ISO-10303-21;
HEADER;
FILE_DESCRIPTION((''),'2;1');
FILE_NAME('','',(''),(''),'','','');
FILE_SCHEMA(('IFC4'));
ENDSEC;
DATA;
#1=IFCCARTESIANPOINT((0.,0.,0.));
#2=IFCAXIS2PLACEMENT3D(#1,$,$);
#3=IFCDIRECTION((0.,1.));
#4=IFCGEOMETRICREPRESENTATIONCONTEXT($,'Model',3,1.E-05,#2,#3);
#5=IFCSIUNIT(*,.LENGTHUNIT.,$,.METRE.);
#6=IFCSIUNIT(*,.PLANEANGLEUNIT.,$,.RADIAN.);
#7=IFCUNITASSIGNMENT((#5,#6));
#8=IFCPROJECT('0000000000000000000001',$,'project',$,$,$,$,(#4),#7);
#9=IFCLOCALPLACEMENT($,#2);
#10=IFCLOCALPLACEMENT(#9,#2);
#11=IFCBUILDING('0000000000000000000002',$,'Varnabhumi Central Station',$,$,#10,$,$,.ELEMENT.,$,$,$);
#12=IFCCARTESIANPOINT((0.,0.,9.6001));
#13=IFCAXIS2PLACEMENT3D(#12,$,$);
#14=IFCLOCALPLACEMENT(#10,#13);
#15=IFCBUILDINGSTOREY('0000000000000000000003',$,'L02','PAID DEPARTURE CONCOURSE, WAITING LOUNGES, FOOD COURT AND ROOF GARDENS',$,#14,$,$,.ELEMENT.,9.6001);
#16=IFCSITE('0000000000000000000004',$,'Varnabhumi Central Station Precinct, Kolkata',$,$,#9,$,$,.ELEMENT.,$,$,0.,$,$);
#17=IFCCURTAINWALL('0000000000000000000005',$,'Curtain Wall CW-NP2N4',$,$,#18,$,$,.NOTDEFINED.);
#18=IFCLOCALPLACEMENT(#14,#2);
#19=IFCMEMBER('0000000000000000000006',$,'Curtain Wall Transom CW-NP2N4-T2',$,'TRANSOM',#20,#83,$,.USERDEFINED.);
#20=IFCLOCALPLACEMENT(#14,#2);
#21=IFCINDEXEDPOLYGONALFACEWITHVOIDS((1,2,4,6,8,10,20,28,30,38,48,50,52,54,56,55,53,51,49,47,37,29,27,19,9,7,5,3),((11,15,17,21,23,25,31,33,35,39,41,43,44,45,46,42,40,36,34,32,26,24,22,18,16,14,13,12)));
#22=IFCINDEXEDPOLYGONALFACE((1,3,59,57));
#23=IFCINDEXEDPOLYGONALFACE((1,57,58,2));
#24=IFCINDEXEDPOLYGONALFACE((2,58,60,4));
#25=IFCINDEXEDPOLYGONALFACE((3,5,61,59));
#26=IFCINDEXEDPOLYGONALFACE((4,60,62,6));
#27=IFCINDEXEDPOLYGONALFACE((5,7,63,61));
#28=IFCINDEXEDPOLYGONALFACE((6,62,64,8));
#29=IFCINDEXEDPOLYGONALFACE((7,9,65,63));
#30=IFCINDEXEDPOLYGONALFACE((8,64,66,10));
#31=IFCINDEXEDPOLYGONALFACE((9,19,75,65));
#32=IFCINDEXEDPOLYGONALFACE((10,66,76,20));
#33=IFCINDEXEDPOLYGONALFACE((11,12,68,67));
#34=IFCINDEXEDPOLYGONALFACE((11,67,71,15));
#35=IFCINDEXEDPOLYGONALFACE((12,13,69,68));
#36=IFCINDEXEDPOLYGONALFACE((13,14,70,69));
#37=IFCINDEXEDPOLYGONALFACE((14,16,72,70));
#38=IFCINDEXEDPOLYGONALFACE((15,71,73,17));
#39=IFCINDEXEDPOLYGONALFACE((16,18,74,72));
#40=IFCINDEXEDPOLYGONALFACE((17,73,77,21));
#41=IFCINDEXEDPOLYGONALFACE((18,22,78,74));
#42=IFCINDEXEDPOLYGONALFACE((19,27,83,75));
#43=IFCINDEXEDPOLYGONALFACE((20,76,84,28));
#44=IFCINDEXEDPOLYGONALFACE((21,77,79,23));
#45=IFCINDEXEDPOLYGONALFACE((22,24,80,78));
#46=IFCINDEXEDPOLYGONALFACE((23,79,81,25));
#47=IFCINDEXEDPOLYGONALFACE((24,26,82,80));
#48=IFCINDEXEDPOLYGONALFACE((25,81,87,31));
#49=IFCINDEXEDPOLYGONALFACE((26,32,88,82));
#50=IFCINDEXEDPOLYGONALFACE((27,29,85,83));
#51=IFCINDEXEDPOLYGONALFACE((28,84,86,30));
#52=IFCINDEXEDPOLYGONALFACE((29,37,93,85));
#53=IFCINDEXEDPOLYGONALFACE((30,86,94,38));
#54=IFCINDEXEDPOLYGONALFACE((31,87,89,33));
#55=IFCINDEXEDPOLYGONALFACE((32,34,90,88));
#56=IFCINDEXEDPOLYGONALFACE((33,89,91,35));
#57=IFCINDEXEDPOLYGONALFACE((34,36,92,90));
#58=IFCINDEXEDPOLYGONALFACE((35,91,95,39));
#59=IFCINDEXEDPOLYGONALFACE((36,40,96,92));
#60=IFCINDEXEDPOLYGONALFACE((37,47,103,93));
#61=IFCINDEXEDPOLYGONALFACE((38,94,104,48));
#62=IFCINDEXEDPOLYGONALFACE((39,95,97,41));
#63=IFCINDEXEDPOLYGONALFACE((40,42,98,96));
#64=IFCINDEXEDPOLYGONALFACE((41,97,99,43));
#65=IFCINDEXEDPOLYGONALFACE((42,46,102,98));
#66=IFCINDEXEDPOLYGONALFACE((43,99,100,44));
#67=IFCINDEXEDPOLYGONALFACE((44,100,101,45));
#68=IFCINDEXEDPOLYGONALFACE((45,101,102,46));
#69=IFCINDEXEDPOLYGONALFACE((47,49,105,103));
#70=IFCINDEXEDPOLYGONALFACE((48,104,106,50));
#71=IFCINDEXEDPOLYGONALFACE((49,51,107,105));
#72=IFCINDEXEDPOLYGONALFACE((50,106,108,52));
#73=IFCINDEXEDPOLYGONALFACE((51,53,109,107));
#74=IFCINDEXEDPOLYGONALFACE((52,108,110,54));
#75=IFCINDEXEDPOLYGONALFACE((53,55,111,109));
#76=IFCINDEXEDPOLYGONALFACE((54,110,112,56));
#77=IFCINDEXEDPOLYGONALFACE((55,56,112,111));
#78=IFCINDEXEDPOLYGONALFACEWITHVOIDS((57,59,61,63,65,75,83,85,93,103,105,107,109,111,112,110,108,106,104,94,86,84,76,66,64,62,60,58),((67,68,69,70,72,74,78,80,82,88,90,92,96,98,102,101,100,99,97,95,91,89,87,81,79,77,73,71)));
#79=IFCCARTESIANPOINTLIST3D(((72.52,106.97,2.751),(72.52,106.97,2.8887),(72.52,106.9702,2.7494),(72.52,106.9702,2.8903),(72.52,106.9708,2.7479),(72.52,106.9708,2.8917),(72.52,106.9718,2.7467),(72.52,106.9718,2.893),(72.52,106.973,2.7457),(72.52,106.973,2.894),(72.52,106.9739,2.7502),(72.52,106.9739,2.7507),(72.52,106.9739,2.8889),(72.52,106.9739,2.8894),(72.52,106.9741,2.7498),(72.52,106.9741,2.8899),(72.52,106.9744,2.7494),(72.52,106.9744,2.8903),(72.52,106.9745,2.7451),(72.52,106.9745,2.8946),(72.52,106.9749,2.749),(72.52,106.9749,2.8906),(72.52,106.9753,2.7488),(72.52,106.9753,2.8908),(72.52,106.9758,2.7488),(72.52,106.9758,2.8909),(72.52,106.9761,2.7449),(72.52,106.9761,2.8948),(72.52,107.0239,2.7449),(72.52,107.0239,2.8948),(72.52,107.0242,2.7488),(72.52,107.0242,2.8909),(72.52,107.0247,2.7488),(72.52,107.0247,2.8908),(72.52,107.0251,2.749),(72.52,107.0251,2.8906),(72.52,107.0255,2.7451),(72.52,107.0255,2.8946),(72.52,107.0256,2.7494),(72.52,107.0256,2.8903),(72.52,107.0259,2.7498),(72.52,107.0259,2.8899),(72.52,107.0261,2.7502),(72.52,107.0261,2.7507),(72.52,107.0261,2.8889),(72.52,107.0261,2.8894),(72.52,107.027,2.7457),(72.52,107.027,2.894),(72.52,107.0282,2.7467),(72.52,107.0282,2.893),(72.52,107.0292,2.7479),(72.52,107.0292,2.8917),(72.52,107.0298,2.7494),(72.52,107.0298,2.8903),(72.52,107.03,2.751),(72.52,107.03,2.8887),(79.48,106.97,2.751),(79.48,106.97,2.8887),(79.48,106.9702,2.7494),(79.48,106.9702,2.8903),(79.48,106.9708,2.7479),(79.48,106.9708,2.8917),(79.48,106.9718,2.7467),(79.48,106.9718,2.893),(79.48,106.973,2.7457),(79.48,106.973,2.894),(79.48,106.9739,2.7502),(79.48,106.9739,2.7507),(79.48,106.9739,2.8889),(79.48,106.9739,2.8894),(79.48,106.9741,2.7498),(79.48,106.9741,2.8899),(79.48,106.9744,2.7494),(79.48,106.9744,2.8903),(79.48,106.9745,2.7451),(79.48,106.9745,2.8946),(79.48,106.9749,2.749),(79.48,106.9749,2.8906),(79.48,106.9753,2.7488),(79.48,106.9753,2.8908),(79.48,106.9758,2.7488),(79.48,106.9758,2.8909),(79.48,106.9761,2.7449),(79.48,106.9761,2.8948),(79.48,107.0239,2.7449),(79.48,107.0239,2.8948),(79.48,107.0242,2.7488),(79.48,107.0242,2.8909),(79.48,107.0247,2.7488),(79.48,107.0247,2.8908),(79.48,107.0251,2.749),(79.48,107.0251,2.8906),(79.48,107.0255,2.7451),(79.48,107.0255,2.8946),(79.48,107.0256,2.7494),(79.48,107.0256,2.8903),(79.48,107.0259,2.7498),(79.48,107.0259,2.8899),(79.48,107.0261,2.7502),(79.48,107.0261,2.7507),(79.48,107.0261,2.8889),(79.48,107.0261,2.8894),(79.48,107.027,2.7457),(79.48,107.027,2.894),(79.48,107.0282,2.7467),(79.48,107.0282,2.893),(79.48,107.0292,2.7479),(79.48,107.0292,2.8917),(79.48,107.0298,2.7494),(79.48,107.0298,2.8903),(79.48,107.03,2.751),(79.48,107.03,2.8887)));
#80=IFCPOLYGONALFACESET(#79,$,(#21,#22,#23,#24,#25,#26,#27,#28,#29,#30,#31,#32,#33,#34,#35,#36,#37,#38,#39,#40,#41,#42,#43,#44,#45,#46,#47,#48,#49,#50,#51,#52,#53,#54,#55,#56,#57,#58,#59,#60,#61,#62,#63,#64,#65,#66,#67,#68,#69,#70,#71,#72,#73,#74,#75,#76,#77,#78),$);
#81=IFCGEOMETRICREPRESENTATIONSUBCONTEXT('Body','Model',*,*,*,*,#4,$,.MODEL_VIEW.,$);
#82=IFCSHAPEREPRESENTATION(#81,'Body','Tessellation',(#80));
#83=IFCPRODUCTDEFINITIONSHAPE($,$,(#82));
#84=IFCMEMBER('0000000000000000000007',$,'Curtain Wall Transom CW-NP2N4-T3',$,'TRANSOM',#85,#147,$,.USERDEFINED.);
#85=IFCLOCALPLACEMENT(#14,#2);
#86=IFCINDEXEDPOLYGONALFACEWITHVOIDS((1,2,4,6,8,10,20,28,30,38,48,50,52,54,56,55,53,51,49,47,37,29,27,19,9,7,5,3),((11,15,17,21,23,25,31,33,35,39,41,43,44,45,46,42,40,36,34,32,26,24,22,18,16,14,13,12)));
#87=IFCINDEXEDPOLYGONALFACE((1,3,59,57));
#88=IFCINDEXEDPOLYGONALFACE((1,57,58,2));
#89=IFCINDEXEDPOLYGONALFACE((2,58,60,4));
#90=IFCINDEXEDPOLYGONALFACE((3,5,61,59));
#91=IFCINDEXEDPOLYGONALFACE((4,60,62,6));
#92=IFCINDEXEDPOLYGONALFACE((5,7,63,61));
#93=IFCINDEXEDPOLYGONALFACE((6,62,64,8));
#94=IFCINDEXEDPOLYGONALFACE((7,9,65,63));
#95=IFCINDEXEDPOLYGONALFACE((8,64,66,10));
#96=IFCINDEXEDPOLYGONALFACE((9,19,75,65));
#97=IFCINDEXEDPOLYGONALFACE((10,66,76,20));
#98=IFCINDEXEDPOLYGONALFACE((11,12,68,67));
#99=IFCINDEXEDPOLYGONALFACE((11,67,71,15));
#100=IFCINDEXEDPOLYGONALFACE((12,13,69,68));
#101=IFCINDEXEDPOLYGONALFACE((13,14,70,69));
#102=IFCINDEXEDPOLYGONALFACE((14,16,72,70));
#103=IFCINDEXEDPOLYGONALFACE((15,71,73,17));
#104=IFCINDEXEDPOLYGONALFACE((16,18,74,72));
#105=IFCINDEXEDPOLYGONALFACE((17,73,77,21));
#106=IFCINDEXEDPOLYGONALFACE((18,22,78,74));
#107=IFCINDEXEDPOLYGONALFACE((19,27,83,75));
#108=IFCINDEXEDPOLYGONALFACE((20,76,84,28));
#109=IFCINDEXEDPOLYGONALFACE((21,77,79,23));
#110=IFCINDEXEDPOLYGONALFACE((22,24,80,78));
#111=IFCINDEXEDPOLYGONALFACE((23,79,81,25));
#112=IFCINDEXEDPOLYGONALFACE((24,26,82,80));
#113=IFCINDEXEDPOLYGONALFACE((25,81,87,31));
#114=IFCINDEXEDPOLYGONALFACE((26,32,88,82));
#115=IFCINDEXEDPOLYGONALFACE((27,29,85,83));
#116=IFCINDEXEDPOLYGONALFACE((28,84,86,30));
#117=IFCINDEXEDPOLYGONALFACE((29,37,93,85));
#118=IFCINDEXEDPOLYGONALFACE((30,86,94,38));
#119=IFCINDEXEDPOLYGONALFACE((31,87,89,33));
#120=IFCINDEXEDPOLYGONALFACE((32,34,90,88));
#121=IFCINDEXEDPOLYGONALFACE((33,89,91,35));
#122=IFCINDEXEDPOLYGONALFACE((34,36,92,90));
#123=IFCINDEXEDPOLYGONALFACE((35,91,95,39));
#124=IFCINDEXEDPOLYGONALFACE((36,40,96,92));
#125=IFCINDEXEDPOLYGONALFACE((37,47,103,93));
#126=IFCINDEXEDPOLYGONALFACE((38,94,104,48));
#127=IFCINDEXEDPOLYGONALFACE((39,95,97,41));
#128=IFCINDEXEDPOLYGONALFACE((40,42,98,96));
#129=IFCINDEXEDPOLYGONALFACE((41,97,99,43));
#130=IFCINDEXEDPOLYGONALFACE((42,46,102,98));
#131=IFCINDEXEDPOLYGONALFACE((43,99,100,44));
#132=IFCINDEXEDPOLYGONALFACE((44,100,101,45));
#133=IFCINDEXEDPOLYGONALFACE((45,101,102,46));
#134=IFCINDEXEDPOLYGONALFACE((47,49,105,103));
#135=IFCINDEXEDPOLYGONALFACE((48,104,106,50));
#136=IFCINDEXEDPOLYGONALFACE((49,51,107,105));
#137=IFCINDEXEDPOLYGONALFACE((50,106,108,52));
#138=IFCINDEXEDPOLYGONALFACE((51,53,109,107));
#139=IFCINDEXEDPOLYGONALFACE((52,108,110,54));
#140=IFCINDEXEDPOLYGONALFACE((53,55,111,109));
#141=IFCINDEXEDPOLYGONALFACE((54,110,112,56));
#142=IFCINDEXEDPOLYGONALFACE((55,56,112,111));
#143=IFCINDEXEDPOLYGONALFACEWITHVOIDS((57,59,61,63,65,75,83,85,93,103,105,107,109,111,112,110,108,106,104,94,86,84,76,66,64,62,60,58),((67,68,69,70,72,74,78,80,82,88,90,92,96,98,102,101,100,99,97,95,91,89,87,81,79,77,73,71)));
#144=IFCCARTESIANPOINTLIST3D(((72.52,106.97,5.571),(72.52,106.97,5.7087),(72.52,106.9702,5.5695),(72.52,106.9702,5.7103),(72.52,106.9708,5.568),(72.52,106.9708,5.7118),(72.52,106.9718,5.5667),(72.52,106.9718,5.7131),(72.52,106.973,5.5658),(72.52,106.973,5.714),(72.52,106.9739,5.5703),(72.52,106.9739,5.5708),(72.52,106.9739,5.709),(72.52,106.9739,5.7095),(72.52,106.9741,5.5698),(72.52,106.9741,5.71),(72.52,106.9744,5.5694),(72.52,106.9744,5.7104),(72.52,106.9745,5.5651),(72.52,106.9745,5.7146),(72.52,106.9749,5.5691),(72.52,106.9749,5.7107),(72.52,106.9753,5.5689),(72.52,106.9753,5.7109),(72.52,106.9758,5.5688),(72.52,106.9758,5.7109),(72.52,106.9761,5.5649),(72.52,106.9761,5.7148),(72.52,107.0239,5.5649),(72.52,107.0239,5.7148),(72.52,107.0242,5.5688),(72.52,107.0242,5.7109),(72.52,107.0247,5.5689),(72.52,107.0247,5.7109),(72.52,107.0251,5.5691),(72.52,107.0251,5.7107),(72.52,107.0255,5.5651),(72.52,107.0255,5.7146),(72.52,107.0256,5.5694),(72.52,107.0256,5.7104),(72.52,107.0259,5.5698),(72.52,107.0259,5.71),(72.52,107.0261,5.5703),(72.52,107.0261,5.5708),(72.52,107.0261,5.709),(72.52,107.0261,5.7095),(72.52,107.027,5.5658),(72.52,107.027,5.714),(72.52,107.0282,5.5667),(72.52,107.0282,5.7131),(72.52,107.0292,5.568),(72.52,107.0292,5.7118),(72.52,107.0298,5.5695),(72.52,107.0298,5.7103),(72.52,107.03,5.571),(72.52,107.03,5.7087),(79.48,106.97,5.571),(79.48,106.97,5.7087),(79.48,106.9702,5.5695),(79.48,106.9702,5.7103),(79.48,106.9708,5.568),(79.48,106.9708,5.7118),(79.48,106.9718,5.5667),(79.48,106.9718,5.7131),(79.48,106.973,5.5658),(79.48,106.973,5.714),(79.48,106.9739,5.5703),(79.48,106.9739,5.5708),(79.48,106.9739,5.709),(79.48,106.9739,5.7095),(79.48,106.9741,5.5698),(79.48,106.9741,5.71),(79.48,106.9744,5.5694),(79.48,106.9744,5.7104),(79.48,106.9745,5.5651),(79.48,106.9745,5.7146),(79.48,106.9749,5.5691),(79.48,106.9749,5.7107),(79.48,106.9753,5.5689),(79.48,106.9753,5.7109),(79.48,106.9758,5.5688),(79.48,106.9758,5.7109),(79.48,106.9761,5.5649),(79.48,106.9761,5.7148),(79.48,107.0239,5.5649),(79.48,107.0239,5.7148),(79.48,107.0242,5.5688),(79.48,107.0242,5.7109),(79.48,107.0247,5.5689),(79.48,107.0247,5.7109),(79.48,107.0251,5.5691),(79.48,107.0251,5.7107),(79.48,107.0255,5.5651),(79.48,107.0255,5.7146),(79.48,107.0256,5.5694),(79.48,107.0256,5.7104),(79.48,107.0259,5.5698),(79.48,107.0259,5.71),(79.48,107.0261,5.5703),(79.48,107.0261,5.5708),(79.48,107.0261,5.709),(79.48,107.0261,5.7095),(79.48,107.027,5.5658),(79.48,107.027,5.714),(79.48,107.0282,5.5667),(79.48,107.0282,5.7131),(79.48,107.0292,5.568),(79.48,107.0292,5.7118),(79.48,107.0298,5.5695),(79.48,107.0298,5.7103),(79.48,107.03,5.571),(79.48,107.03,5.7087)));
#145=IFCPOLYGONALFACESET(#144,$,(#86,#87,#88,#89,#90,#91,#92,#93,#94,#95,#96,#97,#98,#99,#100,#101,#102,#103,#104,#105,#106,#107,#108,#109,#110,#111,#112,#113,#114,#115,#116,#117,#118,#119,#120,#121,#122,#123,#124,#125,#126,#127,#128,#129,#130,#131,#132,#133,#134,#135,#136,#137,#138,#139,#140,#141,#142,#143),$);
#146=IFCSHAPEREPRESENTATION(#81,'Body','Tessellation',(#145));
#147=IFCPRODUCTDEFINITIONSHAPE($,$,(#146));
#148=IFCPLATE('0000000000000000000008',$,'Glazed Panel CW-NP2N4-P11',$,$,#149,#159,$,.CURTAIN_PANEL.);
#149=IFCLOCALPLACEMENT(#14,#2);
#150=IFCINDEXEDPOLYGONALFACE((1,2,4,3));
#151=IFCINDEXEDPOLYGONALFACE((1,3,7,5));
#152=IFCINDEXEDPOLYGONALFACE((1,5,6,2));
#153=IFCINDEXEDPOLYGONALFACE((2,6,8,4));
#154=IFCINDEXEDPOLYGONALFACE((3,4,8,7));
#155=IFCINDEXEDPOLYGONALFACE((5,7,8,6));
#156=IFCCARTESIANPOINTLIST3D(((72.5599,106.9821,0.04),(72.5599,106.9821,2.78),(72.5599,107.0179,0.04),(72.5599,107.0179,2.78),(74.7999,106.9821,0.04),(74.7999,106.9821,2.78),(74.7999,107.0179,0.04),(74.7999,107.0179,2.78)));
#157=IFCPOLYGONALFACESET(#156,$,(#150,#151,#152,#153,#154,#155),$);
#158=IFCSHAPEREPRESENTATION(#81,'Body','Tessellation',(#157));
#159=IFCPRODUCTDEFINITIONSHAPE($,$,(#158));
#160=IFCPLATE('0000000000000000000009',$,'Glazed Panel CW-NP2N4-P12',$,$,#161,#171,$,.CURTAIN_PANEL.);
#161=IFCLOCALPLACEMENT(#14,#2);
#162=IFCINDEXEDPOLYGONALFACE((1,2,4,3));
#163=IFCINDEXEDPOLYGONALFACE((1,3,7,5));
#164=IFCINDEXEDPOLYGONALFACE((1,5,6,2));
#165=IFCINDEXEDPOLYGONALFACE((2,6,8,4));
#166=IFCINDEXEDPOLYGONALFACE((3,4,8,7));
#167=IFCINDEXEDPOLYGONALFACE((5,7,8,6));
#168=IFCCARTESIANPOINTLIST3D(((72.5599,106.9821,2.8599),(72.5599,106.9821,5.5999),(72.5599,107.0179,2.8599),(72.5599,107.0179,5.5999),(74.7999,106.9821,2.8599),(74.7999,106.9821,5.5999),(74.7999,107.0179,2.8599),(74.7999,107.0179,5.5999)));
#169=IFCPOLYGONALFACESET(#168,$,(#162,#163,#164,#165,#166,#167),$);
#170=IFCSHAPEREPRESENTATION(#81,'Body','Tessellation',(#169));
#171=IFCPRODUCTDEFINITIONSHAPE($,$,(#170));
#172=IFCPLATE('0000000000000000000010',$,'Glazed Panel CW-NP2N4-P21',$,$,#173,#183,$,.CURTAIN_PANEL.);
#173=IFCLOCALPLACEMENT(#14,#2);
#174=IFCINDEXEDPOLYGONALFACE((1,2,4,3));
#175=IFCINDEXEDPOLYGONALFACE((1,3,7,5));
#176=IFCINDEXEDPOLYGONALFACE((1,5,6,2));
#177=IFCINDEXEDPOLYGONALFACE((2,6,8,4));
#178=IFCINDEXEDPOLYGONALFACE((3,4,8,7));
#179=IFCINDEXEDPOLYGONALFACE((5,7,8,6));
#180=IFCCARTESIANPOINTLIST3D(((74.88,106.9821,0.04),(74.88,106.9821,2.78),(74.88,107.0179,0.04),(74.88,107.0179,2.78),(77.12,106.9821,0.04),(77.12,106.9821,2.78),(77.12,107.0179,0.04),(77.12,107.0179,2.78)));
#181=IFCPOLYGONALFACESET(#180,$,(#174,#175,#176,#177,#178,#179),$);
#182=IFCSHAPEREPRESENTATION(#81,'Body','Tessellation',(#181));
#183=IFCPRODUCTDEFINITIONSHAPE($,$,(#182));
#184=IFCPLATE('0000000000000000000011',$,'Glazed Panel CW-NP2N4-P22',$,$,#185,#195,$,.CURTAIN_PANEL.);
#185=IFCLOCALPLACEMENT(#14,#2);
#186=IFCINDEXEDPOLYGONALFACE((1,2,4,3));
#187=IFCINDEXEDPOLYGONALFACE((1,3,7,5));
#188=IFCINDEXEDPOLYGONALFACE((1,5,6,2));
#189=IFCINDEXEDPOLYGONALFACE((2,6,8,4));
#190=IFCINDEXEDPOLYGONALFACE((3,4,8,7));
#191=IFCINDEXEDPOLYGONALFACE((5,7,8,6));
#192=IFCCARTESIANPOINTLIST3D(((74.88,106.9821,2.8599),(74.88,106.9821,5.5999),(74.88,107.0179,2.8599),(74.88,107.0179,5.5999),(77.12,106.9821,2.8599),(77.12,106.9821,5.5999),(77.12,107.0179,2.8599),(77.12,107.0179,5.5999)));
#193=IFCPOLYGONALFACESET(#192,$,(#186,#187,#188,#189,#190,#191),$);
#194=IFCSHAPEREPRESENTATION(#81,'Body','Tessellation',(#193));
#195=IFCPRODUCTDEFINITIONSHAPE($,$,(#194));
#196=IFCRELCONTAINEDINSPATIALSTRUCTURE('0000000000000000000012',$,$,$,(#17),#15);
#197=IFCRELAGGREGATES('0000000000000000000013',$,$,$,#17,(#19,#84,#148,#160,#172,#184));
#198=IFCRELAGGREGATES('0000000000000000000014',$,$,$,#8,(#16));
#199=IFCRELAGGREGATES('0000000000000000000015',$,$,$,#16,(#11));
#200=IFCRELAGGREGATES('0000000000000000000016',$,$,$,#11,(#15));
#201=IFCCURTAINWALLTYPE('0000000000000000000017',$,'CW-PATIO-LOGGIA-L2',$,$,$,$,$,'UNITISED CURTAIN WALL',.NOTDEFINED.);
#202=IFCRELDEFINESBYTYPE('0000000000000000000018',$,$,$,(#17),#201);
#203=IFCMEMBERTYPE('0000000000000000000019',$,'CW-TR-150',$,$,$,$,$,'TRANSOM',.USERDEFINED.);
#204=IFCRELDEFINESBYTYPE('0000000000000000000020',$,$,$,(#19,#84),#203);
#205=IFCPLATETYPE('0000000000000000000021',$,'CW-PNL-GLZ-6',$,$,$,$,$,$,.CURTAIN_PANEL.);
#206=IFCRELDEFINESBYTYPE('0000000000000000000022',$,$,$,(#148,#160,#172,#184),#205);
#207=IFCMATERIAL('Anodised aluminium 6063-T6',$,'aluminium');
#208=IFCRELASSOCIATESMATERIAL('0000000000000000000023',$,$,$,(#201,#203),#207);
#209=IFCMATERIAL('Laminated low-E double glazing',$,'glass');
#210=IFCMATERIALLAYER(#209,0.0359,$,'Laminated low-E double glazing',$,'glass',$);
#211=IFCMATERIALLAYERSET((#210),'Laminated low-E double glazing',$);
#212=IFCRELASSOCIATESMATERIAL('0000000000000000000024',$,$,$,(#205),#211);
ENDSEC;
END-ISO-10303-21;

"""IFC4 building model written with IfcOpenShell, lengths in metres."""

from ifc_helpers import new_model, si_unit, direction, frame, origin, origin_2d, place, context, subcontext, project, spatial, rectangle, hollow_rectangle, extrude, material, layer, layer_set, material_profile, profile_set, type_object, element, aggregate, save


model = new_model("IFC4")

# Units and contexts
model_context = context("Model", 3, precision=1e-05, world=origin(), true_north=direction((0.0, 1.0)))
body_context = subcontext(model_context, "Body", "Model", "MODEL_VIEW")
ifc_project = project(units=[si_unit("LENGTHUNIT", "METRE"), si_unit("PLANEANGLEUNIT", "RADIAN")], contexts=[model_context])

# Site, building, storey
site_placement = place(None, origin())
site = spatial("IfcSite", under=ifc_project, at=site_placement, Name="Varnabhumi Central Station Precinct, Kolkata", CompositionType="ELEMENT", RefElevation=0.0)
building_placement = place(site_placement, origin())
building = spatial("IfcBuilding", under=site, at=building_placement, Name="Varnabhumi Central Station", CompositionType="ELEMENT")
storey_placement = place(building_placement, frame((0.0, 0.0, 9.6001)))
storey = spatial("IfcBuildingStorey", under=building, at=storey_placement, Name="L02", Description="PAID DEPARTURE CONCOURSE, WAITING LOUNGES, FOOD COURT AND ROOF GARDENS", CompositionType="ELEMENT", Elevation=9.6001)

# Curtain wall, members, plates
ifc_material_1 = material(Name="Anodised aluminium 6063-T6", Category="aluminium")
curtain_wall_type = type_object("IfcCurtainWallType", Name="CW-PATIO-LOGGIA-L2", ElementType="UNITISED CURTAIN WALL", PredefinedType="NOTDEFINED", material=ifc_material_1)
curtain_wall_placement = place(storey_placement, origin())
curtain_wall = element("IfcCurtainWall", 1, at=curtain_wall_placement, inside=storey, type_object=curtain_wall_type, Name="Curtain Wall CW-NP2N4", PredefinedType="NOTDEFINED")
ifc_material_profile_1 = material_profile(ifc_material_1, hollow_rectangle(XDim=0.0601, YDim=0.1499, WallThickness=0.0039, InnerFilletRadius=0.002, OuterFilletRadius=0.0061, at=origin_2d()), Name="Anodised aluminium 6063-T6", Category="aluminium")
ifc_profile_set_1 = profile_set([ifc_material_profile_1], Name="Anodised aluminium 6063-T6")
member_type_1 = type_object("IfcMemberType", Name="CW-TR-150", ElementType="TRANSOM", PredefinedType="USERDEFINED", material=ifc_profile_set_1)
member_1_placement = place(storey_placement, frame((72.52, 107.0, 2.8198), z_axis=(1.0, 0.0, 0.0), x_axis=(0.0, 1.0, 0.0)))
member_1 = element("IfcMember", 2, at=member_1_placement, type_object=member_type_1, Name="Curtain Wall Transom CW-NP2N4-T2", ObjectType="TRANSOM", PredefinedType="USERDEFINED", context=body_context, shape_type="SweptSolid", body=[
    extrude(hollow_rectangle(XDim=0.0601, YDim=0.1499, WallThickness=0.0039, InnerFilletRadius=0.002, OuterFilletRadius=0.0061, at=origin_2d()), origin(), (0.0, 0.0, 1.0), 6.96),
])
member_2_placement = place(storey_placement, frame((72.52, 107.0, 5.6399), z_axis=(1.0, 0.0, 0.0), x_axis=(0.0, 1.0, 0.0)))
member_2 = element("IfcMember", 3, at=member_2_placement, type_object=member_type_1, Name="Curtain Wall Transom CW-NP2N4-T3", ObjectType="TRANSOM", PredefinedType="USERDEFINED", context=body_context, shape_type="SweptSolid", body=[
    extrude(hollow_rectangle(XDim=0.0601, YDim=0.1499, WallThickness=0.0039, InnerFilletRadius=0.002, OuterFilletRadius=0.0061, at=origin_2d()), origin(), (0.0, 0.0, 1.0), 6.96),
])
ifc_material_2 = material(Name="Laminated low-E double glazing", Category="glass")
ifc_layer_1 = layer(ifc_material_2, 0.0359, Name="Laminated low-E double glazing", Category="glass")
ifc_layer_set_1 = layer_set([ifc_layer_1], Name="Laminated low-E double glazing")
plate_type = type_object("IfcPlateType", Name="CW-PNL-GLZ-6", PredefinedType="CURTAIN_PANEL", material=ifc_layer_set_1)
plate_1_placement = place(storey_placement, frame((73.6799, 107.0, 0.04), z_axis=(0.0, 0.0, 1.0), x_axis=(1.0, 0.0, 0.0)))
plate_1 = element("IfcPlate", 4, at=plate_1_placement, type_object=plate_type, Name="Glazed Panel CW-NP2N4-P11", PredefinedType="CURTAIN_PANEL", context=body_context, shape_type="SweptSolid", body=[
    extrude(rectangle(XDim=2.24, YDim=0.0359, at=origin_2d()), origin(), (0.0, 0.0, 1.0), 2.74),
])
plate_2_placement = place(storey_placement, frame((73.6799, 107.0, 2.8599), z_axis=(0.0, 0.0, 1.0), x_axis=(1.0, 0.0, 0.0)))
plate_2 = element("IfcPlate", 5, at=plate_2_placement, type_object=plate_type, Name="Glazed Panel CW-NP2N4-P12", PredefinedType="CURTAIN_PANEL", context=body_context, shape_type="SweptSolid", body=[
    extrude(rectangle(XDim=2.24, YDim=0.0359, at=origin_2d()), origin(), (0.0, 0.0, 1.0), 2.74),
])
plate_3_placement = place(storey_placement, frame((76.0, 107.0, 0.04), z_axis=(0.0, 0.0, 1.0), x_axis=(1.0, 0.0, 0.0)))
plate_3 = element("IfcPlate", 6, at=plate_3_placement, type_object=plate_type, Name="Glazed Panel CW-NP2N4-P21", PredefinedType="CURTAIN_PANEL", context=body_context, shape_type="SweptSolid", body=[
    extrude(rectangle(XDim=2.24, YDim=0.0359, at=origin_2d()), origin(), (0.0, 0.0, 1.0), 2.74),
])
plate_4_placement = place(storey_placement, frame((76.0, 107.0, 2.8599), z_axis=(0.0, 0.0, 1.0), x_axis=(1.0, 0.0, 0.0)))
plate_4 = element("IfcPlate", 7, at=plate_4_placement, type_object=plate_type, Name="Glazed Panel CW-NP2N4-P22", PredefinedType="CURTAIN_PANEL", context=body_context, shape_type="SweptSolid", body=[
    extrude(rectangle(XDim=2.24, YDim=0.0359, at=origin_2d()), origin(), (0.0, 0.0, 1.0), 2.74),
])
aggregate(curtain_wall, [member_1, member_2, plate_1, plate_2, plate_3, plate_4])

save(model, "model.ifc")
